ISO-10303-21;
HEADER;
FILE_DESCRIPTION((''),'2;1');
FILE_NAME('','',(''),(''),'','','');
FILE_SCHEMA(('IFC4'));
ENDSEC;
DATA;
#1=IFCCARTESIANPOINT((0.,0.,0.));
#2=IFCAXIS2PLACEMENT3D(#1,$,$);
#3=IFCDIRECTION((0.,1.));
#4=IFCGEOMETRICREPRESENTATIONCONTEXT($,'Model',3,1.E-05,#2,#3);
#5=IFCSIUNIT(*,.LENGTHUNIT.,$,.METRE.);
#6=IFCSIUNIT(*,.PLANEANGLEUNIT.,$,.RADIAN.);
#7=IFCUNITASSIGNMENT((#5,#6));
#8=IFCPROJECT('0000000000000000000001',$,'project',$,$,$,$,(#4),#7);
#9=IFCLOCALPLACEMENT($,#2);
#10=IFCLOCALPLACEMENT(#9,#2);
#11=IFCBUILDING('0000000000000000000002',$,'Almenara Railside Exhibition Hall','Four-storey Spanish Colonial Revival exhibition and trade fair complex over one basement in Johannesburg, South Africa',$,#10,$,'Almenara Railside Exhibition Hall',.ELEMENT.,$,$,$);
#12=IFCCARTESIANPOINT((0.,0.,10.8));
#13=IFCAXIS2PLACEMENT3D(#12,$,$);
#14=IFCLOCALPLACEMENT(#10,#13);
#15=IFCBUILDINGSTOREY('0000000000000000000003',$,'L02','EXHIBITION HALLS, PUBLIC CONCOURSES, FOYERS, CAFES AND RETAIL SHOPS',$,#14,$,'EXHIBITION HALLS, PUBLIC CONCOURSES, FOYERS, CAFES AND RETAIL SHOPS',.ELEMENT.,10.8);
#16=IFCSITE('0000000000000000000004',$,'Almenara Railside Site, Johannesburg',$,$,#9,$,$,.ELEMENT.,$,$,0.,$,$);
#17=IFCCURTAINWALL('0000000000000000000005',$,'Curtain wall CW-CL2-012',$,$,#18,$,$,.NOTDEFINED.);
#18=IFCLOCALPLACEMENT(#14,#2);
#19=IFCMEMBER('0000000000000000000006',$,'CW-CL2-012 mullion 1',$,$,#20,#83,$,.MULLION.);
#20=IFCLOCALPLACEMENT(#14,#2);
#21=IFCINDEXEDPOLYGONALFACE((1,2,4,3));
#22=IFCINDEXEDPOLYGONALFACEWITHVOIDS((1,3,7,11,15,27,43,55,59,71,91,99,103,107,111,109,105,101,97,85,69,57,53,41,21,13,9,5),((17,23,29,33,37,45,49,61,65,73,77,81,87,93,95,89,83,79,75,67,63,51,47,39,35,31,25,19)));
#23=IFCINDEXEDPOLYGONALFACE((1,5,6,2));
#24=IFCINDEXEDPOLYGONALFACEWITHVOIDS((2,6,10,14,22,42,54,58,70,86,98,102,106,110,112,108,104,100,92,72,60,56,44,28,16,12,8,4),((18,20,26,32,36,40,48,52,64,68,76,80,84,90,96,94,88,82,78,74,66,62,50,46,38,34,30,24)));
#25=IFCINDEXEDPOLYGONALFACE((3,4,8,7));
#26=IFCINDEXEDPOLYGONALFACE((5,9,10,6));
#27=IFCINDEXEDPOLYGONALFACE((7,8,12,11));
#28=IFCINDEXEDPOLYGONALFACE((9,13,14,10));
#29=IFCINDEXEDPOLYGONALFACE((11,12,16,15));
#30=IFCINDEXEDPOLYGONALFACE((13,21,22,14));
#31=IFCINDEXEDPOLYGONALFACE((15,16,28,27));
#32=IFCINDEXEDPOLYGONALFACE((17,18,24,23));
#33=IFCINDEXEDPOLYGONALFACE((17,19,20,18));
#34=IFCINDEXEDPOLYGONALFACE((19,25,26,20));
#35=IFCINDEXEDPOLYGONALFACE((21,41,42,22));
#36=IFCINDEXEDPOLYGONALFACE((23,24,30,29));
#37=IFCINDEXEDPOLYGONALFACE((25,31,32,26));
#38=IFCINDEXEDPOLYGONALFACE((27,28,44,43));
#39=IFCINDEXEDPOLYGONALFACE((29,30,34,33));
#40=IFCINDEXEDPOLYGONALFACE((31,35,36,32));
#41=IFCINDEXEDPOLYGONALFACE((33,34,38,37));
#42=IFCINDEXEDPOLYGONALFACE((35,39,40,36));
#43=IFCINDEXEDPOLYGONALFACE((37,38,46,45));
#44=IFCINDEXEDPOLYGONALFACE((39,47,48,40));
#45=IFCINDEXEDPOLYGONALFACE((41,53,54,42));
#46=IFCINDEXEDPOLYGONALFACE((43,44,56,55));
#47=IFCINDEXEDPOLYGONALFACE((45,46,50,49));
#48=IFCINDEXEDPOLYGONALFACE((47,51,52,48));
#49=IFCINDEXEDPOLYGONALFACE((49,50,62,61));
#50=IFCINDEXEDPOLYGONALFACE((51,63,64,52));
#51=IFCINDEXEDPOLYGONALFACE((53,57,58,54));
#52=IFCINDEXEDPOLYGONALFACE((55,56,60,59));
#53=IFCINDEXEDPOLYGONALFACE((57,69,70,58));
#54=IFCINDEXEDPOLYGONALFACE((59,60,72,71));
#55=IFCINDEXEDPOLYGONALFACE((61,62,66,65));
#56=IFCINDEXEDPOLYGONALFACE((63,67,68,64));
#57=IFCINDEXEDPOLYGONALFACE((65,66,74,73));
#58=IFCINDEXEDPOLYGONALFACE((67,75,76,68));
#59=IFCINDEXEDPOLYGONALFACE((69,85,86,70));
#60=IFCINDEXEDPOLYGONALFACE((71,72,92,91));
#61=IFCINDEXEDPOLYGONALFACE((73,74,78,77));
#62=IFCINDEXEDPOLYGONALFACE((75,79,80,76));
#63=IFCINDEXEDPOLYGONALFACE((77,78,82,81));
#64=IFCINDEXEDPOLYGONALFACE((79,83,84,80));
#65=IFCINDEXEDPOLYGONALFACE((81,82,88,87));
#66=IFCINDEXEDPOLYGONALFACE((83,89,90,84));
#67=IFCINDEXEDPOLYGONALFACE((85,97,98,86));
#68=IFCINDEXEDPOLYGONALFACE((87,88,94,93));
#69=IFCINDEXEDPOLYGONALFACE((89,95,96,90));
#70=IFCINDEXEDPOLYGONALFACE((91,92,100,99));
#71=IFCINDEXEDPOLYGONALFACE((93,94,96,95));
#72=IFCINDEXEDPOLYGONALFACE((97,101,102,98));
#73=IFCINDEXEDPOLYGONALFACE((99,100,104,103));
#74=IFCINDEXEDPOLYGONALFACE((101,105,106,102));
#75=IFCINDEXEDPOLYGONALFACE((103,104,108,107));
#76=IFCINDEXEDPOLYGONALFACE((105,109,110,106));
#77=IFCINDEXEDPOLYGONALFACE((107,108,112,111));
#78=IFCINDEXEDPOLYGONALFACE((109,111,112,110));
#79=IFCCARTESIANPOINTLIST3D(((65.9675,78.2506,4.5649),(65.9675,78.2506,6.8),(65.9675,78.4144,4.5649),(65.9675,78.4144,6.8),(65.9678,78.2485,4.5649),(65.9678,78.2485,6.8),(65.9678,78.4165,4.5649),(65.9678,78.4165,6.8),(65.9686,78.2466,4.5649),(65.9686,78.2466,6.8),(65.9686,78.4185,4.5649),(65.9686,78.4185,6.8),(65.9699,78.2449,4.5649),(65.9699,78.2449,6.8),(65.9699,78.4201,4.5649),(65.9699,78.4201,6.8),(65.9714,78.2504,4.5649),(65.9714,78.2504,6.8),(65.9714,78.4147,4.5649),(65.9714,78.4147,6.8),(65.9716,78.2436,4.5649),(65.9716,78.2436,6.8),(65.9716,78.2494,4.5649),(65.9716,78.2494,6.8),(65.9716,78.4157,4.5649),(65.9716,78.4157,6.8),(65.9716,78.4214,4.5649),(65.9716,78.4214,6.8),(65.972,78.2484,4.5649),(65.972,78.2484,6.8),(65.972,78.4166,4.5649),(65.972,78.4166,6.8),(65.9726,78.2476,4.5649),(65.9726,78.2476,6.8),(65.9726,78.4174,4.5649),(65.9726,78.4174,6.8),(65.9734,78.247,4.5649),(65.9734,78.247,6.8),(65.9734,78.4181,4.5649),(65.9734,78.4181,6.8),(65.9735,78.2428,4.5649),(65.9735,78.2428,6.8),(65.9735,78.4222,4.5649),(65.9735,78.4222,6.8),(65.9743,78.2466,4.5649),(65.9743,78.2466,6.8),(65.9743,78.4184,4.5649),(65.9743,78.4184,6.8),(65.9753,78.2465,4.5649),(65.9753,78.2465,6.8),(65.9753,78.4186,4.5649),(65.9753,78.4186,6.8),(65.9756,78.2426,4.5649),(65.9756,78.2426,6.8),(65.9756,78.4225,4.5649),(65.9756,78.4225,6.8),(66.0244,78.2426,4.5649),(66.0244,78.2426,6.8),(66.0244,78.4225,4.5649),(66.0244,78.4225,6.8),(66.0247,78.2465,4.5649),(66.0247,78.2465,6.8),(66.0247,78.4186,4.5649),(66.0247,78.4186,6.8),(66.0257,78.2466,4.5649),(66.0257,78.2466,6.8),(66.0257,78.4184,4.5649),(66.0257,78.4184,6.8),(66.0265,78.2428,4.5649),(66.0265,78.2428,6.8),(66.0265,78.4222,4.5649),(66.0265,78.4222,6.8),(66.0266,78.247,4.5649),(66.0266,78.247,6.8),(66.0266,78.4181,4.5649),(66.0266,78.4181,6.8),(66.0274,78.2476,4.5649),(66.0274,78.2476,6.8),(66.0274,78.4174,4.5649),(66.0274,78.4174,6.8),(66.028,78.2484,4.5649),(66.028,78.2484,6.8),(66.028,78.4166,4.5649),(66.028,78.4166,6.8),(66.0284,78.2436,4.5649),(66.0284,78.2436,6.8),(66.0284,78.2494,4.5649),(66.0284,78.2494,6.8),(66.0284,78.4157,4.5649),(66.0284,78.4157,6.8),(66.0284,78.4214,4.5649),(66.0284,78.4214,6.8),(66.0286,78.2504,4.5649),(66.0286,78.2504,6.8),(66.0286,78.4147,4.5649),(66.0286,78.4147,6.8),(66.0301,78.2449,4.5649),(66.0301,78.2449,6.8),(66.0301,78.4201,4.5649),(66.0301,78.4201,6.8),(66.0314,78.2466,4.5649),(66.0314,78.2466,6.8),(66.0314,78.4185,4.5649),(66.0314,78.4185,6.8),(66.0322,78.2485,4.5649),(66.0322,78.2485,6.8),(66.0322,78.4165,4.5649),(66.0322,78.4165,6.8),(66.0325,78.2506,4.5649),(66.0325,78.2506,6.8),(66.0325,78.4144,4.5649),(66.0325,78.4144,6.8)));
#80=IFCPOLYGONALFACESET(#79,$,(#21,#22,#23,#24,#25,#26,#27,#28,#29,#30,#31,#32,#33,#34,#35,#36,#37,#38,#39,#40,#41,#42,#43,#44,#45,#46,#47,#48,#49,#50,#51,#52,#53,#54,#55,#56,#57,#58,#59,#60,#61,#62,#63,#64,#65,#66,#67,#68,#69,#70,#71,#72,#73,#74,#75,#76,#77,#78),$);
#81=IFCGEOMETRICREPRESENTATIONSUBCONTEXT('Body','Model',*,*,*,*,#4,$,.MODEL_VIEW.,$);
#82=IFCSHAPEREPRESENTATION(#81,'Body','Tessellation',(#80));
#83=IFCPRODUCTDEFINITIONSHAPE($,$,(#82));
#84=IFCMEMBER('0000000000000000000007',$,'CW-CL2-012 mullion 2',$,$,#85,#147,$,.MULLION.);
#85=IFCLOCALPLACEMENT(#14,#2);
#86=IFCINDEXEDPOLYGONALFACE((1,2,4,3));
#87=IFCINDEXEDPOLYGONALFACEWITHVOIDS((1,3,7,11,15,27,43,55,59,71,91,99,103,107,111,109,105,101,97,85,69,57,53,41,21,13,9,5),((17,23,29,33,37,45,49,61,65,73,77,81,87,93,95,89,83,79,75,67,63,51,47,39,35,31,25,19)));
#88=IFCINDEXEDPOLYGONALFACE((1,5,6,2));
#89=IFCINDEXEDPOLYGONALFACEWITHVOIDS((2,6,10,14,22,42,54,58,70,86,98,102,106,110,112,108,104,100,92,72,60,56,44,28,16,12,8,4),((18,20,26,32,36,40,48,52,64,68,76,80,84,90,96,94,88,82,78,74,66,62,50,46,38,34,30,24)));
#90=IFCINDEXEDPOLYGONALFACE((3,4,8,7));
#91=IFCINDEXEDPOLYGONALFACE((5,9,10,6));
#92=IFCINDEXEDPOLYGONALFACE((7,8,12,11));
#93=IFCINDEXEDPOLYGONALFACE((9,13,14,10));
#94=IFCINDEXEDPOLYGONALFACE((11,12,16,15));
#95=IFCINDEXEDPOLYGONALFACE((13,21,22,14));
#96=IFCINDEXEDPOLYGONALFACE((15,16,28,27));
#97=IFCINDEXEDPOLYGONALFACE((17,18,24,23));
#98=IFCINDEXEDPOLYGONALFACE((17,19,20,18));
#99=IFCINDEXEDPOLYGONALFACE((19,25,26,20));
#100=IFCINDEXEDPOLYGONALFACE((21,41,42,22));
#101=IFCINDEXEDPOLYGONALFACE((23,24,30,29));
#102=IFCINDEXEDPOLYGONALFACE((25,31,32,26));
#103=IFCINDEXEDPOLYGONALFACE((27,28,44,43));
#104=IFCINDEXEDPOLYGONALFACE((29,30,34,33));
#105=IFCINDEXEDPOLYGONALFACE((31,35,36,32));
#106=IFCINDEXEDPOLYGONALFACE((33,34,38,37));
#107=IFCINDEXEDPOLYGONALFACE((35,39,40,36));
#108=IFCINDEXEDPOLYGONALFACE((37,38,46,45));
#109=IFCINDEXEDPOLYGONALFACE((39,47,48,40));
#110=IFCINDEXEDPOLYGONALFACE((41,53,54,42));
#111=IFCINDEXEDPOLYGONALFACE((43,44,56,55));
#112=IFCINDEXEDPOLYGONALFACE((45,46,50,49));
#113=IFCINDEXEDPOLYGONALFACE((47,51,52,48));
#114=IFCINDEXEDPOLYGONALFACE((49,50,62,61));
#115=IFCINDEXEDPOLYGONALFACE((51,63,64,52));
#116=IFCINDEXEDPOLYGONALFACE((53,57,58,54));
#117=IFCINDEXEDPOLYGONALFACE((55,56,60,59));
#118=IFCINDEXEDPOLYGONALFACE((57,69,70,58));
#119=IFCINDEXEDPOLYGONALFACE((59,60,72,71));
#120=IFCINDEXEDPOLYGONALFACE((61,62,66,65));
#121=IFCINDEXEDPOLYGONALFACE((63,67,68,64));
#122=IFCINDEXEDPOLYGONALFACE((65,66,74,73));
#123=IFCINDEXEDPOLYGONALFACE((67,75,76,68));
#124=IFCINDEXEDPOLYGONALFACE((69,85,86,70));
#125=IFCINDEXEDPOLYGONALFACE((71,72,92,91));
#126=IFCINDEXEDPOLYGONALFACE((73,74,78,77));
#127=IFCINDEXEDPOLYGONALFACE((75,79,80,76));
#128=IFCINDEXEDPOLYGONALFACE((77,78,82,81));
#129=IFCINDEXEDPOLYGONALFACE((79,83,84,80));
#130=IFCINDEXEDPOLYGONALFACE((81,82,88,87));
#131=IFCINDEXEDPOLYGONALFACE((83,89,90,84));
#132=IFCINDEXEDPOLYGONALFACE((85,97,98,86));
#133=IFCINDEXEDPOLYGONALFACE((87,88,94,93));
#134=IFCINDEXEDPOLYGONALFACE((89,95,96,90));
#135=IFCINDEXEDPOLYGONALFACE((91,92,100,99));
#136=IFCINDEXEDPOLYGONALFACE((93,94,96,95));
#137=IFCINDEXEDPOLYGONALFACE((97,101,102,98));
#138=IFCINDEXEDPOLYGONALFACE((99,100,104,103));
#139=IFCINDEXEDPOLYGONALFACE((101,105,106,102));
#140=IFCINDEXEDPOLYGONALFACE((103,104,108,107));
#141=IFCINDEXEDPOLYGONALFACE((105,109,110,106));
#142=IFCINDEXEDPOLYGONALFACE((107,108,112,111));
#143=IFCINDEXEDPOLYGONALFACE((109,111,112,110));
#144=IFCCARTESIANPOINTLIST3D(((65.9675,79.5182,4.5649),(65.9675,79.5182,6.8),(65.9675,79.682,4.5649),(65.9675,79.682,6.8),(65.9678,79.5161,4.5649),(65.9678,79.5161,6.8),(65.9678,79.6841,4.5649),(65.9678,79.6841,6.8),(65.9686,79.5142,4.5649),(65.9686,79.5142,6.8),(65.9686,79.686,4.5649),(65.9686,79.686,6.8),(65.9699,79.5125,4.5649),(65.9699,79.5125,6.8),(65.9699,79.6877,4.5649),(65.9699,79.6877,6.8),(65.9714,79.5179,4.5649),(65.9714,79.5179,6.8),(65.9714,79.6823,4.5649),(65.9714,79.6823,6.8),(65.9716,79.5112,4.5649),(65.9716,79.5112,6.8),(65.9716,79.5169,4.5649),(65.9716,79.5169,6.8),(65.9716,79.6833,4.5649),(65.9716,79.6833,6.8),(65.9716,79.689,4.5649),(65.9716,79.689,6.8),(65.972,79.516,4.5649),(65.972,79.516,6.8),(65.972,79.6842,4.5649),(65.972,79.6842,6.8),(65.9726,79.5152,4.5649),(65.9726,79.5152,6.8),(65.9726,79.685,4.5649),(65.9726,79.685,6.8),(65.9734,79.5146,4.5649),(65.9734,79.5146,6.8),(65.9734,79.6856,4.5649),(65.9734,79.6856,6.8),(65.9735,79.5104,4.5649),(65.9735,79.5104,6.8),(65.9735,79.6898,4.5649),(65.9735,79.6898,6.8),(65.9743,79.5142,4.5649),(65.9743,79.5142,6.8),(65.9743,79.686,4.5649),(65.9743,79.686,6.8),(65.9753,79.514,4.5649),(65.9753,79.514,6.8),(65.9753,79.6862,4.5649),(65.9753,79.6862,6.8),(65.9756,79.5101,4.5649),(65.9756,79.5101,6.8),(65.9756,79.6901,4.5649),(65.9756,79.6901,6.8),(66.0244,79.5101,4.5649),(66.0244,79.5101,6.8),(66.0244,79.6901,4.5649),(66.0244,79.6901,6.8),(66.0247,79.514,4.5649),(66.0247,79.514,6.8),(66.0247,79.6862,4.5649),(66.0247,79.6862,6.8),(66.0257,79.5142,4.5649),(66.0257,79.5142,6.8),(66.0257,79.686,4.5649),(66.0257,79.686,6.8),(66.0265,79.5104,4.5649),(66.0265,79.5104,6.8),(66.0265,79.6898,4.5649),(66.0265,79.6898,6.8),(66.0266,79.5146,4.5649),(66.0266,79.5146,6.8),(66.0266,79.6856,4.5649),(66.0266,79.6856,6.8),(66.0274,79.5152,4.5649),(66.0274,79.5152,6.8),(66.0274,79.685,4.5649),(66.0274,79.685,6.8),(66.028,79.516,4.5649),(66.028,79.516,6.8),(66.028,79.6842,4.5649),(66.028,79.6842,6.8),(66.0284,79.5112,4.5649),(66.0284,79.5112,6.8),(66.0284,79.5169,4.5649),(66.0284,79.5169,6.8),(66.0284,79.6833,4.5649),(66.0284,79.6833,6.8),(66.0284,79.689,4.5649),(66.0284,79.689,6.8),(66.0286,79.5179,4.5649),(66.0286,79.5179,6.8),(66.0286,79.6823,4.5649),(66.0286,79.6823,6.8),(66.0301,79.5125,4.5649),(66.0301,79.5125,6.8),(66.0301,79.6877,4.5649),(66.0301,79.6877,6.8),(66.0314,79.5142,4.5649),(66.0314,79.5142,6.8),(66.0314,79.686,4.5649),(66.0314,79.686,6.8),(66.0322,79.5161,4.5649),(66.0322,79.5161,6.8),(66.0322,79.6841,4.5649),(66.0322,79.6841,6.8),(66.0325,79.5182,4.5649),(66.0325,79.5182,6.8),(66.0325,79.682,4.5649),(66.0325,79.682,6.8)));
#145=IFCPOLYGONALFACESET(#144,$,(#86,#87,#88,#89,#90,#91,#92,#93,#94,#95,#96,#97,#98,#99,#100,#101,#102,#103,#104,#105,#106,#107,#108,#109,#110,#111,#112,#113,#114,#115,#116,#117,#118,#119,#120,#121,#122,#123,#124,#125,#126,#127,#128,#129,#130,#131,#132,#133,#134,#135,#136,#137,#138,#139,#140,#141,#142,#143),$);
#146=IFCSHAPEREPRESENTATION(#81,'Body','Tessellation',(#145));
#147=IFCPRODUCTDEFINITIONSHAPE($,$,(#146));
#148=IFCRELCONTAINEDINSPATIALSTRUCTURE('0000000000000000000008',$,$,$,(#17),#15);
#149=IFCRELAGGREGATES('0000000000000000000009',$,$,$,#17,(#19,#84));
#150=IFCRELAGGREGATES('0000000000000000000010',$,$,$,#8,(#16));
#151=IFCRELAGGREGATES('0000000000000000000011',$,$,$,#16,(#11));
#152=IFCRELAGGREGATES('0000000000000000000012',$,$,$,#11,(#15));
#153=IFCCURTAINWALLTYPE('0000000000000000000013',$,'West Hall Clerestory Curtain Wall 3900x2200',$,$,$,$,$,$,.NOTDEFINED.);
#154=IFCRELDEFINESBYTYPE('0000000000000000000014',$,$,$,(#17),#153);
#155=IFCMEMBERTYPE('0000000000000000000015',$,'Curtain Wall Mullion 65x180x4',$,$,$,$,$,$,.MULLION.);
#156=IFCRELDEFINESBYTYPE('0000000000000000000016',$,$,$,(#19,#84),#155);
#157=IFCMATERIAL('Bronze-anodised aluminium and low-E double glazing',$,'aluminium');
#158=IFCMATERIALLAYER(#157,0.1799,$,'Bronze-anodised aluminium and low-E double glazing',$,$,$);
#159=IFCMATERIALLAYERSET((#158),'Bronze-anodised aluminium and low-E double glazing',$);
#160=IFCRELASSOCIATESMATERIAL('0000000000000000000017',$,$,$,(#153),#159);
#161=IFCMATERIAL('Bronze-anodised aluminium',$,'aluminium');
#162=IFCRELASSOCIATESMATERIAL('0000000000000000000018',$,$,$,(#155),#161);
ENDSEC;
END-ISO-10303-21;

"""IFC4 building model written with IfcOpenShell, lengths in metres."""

from ifc_helpers import new_model, si_unit, direction, frame, origin, origin_2d, place, context, subcontext, project, spatial, hollow_rectangle, extrude, material, layer, layer_set, material_profile, profile_set, type_object, element, aggregate, save


model = new_model("IFC4")

# Units and contexts
model_context = context("Model", 3, precision=1e-05, world=origin(), true_north=direction((0.0, 1.0)))
body_context = subcontext(model_context, "Body", "Model", "MODEL_VIEW")
ifc_project = project(units=[si_unit("LENGTHUNIT", "METRE"), si_unit("PLANEANGLEUNIT", "RADIAN")], contexts=[model_context])

# Site, building, storey
site_placement = place(None, origin())
site = spatial("IfcSite", under=ifc_project, at=site_placement, Name="Almenara Railside Site, Johannesburg", CompositionType="ELEMENT", RefElevation=0.0)
building_placement = place(site_placement, origin())
building = spatial("IfcBuilding", under=site, at=building_placement, Name="Almenara Railside Exhibition Hall", Description="Four-storey Spanish Colonial Revival exhibition and trade fair complex over one basement in Johannesburg, South Africa", LongName="Almenara Railside Exhibition Hall", CompositionType="ELEMENT")
storey_placement = place(building_placement, frame((0.0, 0.0, 10.8)))
storey = spatial("IfcBuildingStorey", under=building, at=storey_placement, Name="L02", Description="EXHIBITION HALLS, PUBLIC CONCOURSES, FOYERS, CAFES AND RETAIL SHOPS", LongName="EXHIBITION HALLS, PUBLIC CONCOURSES, FOYERS, CAFES AND RETAIL SHOPS", CompositionType="ELEMENT", Elevation=10.8)

# Curtain wall, members
ifc_material_1 = material(Name="Bronze-anodised aluminium and low-E double glazing", Category="aluminium")
ifc_layer_1 = layer(ifc_material_1, 0.1799, Name="Bronze-anodised aluminium and low-E double glazing")
ifc_layer_set_1 = layer_set([ifc_layer_1], Name="Bronze-anodised aluminium and low-E double glazing")
curtain_wall_type = type_object("IfcCurtainWallType", Name="West Hall Clerestory Curtain Wall 3900x2200", PredefinedType="NOTDEFINED", material=ifc_layer_set_1)
curtain_wall_1_placement = place(storey_placement, origin())
curtain_wall_1 = element("IfcCurtainWall", 1, at=curtain_wall_1_placement, inside=storey, type_object=curtain_wall_type, Name="Curtain wall CW-CL2-012", PredefinedType="NOTDEFINED")
ifc_material_2 = material(Name="Bronze-anodised aluminium", Category="aluminium")
ifc_material_profile_1 = material_profile(ifc_material_2, hollow_rectangle(XDim=0.0649, YDim=0.1799, WallThickness=0.0039, InnerFilletRadius=0.0039, OuterFilletRadius=0.0081, at=origin_2d()), Name="ALU-MUL 65x180x4")
ifc_profile_set_1 = profile_set([ifc_material_profile_1], Name="Bronze-anodised aluminium")
member_type_1 = type_object("IfcMemberType", Name="Curtain Wall Mullion 65x180x4", PredefinedType="MULLION", material=ifc_profile_set_1)
member_1_placement = place(storey_placement, frame((66.0, 78.3325, 4.5649), z_axis=(0.0, 0.0, 1.0), x_axis=(-1.0, 0.0, 0.0)))
member_1 = element("IfcMember", 2, at=member_1_placement, type_object=member_type_1, Name="CW-CL2-012 mullion 1", PredefinedType="MULLION", context=body_context, shape_type="SweptSolid", body=[
    extrude(hollow_rectangle(XDim=0.0649, YDim=0.1799, WallThickness=0.0039, InnerFilletRadius=0.0039, OuterFilletRadius=0.0081, at=origin_2d()), origin(), (0.0, 0.0, 1.0), 2.2351),
])
member_2_placement = place(storey_placement, frame((66.0, 79.6001, 4.5649), z_axis=(0.0, 0.0, 1.0), x_axis=(-1.0, 0.0, 0.0)))
member_2 = element("IfcMember", 3, at=member_2_placement, type_object=member_type_1, Name="CW-CL2-012 mullion 2", PredefinedType="MULLION", context=body_context, shape_type="SweptSolid", body=[
    extrude(hollow_rectangle(XDim=0.0649, YDim=0.1799, WallThickness=0.0039, InnerFilletRadius=0.0039, OuterFilletRadius=0.0081, at=origin_2d()), origin(), (0.0, 0.0, 1.0), 2.2351),
])

aggregate(curtain_wall_1, [member_1, member_2])

save(model, "model.ifc")
